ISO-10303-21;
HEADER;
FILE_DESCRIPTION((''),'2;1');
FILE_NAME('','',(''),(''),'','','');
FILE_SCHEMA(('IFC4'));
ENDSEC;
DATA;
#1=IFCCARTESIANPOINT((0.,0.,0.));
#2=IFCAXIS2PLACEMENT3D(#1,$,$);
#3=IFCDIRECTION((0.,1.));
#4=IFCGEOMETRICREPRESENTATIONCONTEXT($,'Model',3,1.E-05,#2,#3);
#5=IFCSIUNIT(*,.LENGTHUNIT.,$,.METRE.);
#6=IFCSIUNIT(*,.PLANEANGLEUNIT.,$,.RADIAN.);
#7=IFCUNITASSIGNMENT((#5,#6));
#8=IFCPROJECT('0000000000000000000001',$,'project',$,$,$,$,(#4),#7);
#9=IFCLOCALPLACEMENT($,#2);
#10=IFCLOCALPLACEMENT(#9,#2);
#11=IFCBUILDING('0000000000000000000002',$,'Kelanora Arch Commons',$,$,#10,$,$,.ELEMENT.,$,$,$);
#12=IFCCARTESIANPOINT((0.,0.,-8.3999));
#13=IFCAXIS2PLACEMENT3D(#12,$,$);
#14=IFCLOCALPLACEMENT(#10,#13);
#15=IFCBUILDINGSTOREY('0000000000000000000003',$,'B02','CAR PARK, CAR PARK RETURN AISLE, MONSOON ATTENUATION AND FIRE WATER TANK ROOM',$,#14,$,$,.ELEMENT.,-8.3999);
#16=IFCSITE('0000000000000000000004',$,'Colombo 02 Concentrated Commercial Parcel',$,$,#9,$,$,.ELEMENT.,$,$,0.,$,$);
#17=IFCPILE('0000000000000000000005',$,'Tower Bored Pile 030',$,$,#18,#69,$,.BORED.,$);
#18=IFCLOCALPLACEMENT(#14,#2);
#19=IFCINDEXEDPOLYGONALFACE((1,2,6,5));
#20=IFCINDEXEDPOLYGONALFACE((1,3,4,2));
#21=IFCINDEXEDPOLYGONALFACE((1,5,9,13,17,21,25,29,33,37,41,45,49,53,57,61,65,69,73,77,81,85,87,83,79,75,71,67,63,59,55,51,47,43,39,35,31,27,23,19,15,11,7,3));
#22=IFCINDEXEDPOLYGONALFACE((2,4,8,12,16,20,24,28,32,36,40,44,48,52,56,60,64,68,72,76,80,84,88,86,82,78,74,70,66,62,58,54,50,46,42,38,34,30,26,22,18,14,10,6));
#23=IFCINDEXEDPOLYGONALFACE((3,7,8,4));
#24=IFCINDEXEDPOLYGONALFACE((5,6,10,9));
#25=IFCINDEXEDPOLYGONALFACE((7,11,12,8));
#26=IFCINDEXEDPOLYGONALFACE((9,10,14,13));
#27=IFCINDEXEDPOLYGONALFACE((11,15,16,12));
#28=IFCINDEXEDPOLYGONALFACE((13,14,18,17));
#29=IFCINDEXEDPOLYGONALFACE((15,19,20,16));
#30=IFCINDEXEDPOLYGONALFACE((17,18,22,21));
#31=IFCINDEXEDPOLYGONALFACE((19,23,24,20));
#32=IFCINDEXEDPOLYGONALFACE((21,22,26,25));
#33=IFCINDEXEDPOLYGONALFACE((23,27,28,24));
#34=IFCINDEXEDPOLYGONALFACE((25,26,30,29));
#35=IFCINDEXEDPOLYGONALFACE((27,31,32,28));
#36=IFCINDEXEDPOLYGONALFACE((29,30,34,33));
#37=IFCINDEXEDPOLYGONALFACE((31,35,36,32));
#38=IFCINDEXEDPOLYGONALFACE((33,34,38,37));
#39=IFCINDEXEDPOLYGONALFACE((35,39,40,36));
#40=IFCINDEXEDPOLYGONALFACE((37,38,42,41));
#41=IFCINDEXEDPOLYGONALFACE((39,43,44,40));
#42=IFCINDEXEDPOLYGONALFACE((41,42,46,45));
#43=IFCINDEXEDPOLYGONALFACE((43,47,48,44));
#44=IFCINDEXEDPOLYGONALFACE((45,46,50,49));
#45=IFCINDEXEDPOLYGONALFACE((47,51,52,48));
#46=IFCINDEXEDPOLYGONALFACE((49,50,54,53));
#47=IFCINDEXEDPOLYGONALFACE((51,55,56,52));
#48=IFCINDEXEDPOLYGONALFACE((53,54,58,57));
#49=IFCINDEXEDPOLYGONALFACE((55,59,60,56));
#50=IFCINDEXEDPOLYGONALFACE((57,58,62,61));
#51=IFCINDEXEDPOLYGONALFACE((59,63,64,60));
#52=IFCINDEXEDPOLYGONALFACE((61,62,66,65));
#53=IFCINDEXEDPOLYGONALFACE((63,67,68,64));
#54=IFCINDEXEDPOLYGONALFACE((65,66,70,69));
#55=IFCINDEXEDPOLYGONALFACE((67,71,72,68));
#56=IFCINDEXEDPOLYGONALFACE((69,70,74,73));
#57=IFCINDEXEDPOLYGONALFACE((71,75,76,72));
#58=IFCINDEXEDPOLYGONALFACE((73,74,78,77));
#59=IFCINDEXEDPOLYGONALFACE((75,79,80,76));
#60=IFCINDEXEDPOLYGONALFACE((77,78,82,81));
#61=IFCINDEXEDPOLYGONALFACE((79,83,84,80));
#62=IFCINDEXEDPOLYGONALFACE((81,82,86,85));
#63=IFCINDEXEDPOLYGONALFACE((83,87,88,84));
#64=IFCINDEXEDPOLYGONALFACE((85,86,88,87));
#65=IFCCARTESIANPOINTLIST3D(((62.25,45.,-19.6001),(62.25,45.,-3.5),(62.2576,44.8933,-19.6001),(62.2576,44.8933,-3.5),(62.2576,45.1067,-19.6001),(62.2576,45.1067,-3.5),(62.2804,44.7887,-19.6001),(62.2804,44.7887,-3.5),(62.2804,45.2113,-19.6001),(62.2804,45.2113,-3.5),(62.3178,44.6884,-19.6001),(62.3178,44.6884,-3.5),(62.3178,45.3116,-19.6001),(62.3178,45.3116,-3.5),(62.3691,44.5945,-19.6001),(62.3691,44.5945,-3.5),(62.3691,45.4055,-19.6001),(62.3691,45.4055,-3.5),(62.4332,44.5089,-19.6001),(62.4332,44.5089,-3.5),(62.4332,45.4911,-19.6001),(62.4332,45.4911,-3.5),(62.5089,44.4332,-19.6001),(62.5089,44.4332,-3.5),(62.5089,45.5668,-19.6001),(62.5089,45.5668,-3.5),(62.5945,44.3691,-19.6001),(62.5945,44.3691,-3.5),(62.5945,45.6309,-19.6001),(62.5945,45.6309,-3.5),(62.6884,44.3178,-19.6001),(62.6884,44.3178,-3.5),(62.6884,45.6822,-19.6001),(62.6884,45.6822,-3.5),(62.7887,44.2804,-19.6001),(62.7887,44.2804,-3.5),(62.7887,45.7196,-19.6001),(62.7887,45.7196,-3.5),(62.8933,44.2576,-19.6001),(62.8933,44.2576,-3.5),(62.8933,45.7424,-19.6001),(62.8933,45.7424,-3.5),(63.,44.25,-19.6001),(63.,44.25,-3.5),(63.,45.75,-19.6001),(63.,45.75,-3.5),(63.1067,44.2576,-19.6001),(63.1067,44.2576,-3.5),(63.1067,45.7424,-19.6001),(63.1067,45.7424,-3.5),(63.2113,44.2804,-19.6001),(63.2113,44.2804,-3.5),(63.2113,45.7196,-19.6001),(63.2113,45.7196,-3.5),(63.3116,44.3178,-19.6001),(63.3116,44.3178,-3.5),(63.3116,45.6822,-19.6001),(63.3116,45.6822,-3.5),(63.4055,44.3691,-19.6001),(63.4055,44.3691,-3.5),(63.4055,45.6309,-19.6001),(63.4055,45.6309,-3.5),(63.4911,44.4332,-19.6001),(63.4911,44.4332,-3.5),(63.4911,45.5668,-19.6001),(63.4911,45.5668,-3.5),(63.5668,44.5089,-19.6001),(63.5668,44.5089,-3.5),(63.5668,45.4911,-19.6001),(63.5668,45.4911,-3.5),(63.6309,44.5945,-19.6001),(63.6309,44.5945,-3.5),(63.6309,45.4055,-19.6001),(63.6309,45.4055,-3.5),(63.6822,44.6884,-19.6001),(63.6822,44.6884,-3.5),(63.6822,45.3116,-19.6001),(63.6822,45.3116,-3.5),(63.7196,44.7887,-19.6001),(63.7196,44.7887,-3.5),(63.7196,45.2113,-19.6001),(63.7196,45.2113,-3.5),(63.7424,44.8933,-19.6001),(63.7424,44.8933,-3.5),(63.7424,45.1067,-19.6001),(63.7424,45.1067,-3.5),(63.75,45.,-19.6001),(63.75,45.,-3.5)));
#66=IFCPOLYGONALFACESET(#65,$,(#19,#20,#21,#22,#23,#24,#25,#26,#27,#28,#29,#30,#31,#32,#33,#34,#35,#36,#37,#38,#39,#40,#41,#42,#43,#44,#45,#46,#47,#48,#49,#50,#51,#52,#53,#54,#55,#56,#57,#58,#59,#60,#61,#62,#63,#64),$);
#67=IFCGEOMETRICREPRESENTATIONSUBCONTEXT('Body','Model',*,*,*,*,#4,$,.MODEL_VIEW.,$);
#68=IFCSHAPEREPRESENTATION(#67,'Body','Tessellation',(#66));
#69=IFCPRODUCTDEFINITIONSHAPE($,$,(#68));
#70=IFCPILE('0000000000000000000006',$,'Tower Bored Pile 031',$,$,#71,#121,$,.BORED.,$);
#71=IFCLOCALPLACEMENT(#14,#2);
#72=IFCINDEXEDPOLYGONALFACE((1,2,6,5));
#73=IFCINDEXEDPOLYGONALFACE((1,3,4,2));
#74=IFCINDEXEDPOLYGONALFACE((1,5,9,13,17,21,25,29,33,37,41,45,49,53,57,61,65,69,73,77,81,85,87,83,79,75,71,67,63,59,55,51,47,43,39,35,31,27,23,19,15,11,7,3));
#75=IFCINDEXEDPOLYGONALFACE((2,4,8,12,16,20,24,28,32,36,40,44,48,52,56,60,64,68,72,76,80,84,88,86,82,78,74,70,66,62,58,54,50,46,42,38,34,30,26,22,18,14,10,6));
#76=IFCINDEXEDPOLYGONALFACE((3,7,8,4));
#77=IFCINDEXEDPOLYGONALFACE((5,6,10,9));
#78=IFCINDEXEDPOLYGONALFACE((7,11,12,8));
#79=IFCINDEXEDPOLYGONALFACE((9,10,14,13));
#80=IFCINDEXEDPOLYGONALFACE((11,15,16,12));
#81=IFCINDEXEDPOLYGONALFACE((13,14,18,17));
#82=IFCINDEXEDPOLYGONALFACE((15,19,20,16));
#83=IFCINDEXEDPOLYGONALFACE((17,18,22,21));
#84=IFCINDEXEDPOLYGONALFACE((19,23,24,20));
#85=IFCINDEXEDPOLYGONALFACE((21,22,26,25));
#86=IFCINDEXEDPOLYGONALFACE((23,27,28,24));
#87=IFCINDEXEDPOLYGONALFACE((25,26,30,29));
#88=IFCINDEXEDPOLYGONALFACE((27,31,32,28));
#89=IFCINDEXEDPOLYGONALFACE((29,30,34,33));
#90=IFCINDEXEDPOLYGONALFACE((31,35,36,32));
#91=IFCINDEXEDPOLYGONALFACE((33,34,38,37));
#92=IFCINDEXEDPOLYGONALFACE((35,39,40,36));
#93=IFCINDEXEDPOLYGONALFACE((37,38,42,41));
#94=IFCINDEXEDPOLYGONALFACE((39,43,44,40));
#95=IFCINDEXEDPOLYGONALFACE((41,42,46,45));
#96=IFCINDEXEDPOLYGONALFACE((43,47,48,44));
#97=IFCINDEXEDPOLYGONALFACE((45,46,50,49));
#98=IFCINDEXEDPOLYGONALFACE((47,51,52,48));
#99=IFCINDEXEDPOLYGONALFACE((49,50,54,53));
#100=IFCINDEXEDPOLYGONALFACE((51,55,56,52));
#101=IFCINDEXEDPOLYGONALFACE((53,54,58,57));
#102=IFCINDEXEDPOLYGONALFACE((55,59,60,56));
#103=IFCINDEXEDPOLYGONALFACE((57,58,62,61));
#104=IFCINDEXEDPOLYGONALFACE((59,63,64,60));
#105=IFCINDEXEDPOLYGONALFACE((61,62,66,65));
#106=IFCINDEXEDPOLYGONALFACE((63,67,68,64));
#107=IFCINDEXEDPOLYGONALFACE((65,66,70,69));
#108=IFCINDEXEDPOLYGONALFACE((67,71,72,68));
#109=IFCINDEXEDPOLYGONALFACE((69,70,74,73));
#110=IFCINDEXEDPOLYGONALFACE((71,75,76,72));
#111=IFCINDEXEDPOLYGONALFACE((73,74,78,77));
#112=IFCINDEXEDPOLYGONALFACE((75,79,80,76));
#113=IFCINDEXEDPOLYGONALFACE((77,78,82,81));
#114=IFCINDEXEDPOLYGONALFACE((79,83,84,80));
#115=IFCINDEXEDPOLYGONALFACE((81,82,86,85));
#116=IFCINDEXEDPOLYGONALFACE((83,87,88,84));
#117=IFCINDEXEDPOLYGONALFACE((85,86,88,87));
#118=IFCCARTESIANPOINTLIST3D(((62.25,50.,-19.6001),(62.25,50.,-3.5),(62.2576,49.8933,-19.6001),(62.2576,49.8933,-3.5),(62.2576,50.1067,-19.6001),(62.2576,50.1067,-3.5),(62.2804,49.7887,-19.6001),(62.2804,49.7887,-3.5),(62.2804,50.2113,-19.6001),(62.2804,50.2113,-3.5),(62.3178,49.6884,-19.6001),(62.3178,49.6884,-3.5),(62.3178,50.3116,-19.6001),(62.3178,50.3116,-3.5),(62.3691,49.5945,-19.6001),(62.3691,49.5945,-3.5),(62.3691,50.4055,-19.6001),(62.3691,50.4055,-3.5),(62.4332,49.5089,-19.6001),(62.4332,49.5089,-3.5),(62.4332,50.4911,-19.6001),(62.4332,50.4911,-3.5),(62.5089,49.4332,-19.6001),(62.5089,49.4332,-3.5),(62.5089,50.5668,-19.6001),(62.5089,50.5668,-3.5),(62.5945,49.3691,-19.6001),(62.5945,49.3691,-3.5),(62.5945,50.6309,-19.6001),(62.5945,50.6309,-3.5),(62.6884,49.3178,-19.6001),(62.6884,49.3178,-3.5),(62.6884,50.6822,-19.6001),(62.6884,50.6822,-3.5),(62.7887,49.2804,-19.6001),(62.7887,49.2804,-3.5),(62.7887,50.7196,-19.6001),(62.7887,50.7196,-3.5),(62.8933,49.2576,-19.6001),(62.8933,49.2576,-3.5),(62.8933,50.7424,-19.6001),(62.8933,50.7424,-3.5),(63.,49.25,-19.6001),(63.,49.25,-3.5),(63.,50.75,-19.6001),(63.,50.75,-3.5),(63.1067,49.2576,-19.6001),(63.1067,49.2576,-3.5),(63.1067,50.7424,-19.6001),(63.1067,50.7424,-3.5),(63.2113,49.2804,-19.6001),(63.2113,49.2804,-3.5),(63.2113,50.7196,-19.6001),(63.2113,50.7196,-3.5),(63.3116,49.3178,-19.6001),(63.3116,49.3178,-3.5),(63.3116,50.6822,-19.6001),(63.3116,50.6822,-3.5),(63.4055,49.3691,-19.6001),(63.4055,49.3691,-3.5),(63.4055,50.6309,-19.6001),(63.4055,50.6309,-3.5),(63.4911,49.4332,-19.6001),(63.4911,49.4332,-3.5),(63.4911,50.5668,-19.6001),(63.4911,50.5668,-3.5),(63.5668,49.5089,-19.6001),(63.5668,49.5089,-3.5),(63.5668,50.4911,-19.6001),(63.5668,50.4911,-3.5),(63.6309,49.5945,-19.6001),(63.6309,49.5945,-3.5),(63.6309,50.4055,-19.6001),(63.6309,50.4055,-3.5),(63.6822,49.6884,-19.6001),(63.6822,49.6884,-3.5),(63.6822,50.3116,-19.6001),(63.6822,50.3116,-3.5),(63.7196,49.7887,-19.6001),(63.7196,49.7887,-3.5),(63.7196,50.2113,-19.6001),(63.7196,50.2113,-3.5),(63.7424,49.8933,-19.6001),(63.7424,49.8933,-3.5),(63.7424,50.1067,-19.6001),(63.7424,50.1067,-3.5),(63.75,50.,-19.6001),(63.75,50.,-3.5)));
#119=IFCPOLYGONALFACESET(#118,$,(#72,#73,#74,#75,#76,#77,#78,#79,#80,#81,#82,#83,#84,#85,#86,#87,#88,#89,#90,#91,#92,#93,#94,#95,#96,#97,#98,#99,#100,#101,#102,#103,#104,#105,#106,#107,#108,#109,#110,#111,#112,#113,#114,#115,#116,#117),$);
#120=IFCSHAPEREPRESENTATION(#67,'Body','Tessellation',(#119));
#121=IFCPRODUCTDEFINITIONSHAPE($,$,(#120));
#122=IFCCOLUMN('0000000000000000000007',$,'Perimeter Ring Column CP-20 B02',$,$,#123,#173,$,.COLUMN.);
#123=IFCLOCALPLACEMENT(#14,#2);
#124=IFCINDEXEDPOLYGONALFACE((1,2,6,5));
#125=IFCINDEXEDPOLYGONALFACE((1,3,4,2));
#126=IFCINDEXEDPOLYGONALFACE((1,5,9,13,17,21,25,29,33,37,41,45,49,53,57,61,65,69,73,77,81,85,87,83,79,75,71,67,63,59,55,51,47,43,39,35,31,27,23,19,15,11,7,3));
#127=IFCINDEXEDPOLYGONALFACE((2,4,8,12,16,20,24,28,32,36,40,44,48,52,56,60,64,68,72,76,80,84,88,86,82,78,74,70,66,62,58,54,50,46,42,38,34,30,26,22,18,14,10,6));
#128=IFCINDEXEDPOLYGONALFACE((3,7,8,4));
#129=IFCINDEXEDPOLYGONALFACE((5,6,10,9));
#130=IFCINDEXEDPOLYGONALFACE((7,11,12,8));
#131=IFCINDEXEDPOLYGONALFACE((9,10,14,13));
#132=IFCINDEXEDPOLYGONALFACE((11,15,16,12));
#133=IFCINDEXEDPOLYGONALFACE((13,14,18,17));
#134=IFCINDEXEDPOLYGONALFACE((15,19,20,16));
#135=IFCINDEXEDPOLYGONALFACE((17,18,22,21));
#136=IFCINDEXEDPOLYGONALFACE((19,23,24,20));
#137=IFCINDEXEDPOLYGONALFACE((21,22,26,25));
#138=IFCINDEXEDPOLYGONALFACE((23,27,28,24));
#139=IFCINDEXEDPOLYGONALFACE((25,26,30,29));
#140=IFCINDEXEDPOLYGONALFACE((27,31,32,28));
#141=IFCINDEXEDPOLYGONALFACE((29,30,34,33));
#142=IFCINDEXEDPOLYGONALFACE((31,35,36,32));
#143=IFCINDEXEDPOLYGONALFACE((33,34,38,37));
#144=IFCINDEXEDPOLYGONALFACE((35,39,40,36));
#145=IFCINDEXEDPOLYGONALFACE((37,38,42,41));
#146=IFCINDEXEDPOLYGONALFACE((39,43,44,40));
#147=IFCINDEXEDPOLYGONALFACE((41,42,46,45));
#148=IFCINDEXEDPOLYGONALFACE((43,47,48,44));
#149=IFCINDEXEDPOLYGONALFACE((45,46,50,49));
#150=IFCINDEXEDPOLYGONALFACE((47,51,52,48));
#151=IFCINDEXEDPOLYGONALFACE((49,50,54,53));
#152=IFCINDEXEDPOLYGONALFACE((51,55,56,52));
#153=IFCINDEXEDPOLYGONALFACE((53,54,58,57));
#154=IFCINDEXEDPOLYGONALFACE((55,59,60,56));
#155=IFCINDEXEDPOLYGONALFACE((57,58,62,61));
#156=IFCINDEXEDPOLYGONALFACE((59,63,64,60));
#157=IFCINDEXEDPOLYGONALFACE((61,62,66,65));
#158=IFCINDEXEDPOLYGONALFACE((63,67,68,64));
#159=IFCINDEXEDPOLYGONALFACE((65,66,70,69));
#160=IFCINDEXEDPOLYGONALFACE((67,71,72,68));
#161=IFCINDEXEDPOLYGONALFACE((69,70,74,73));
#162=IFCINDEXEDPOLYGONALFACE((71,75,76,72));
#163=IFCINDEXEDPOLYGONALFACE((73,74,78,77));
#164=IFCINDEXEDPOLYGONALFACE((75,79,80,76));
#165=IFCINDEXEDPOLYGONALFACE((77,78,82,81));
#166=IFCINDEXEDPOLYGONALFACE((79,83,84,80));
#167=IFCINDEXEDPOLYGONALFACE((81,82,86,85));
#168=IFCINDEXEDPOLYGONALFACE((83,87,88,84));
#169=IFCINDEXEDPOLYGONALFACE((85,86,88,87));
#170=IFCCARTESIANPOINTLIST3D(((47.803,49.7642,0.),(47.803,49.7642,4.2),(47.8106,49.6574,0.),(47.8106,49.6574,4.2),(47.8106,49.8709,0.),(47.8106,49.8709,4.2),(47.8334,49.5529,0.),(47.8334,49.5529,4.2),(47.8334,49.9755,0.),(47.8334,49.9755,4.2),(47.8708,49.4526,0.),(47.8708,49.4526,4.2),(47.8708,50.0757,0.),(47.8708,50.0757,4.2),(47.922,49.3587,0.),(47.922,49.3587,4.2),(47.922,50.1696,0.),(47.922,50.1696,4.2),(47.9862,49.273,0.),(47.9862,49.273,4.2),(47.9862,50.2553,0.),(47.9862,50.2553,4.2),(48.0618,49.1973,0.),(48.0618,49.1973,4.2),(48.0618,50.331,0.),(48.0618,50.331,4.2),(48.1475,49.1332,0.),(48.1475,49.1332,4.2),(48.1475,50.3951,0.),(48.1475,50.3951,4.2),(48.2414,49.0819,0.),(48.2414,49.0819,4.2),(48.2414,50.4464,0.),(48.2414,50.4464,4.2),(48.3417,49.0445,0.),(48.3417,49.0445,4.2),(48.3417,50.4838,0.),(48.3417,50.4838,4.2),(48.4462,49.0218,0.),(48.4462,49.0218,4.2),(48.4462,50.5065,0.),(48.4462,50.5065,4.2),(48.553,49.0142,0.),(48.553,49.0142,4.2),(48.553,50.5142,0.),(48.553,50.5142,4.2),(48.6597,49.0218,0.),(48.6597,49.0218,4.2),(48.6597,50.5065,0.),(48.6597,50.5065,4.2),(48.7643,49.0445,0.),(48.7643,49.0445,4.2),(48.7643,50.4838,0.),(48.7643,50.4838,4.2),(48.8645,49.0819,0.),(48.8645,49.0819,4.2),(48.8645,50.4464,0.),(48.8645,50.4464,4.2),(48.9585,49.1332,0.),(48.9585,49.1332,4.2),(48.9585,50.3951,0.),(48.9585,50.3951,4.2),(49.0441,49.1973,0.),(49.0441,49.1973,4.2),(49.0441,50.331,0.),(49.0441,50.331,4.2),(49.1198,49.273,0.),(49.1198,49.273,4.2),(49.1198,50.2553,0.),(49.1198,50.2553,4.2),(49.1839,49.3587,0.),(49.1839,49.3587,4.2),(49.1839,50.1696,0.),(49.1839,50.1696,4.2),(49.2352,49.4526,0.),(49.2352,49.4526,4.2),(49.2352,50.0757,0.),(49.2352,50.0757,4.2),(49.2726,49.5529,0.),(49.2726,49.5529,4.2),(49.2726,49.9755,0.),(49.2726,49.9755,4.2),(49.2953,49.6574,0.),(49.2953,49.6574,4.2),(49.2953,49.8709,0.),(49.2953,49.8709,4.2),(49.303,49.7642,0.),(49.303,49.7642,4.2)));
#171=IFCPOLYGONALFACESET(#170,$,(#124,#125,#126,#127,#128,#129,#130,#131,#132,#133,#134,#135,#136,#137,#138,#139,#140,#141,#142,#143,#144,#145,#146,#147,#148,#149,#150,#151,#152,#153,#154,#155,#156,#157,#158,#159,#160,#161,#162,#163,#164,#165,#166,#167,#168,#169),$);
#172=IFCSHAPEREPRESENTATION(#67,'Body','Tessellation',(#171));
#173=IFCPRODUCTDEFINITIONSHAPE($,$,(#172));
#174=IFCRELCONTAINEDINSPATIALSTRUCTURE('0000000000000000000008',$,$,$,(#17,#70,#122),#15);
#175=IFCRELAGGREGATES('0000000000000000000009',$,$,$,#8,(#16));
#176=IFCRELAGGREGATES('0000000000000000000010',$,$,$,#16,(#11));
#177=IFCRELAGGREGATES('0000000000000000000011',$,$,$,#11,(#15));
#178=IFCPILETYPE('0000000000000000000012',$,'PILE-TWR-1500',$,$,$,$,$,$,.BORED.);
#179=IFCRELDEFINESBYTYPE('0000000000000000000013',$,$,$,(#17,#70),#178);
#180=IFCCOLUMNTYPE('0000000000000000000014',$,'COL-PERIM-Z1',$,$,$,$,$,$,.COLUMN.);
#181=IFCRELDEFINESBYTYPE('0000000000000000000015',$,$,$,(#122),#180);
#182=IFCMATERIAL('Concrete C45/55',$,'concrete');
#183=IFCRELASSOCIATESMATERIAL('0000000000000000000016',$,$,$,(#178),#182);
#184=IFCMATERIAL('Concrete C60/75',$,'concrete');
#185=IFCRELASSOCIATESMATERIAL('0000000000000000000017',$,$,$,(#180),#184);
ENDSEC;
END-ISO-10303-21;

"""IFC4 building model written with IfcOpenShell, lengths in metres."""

from ifc_helpers import new_model, si_unit, direction, frame, origin, origin_2d, place, context, subcontext, project, spatial, circle, extrude, source, transform, mapped, material, material_profile, profile_set, type_object, element, save


model = new_model("IFC4")

# Units and contexts
model_context = context("Model", 3, precision=1e-05, world=origin(), true_north=direction((0.0, 1.0)))
body_context = subcontext(model_context, "Body", "Model", "MODEL_VIEW")
ifc_project = project(units=[si_unit("LENGTHUNIT", "METRE"), si_unit("PLANEANGLEUNIT", "RADIAN")], contexts=[model_context])

# Site, building, storey
site_placement = place(None, origin())
site = spatial("IfcSite", under=ifc_project, at=site_placement, Name="Colombo 02 Concentrated Commercial Parcel", CompositionType="ELEMENT", RefElevation=0.0)
building_placement = place(site_placement, origin())
building = spatial("IfcBuilding", under=site, at=building_placement, Name="Kelanora Arch Commons", CompositionType="ELEMENT")
storey_placement = place(building_placement, frame((0.0, 0.0, -8.3999)))
storey = spatial("IfcBuildingStorey", under=building, at=storey_placement, Name="B02", Description="CAR PARK, CAR PARK RETURN AISLE, MONSOON ATTENUATION AND FIRE WATER TANK ROOM", CompositionType="ELEMENT", Elevation=-8.3999)

# Piles
ifc_material_1 = material(Name="Concrete C45/55", Category="concrete")
ifc_material_profile_1 = material_profile(ifc_material_1, circle(Radius=0.75, at=origin_2d()), Name="PILE1500")
ifc_profile_set_1 = profile_set([ifc_material_profile_1], Name="Concrete C45/55")
pile_type = type_object("IfcPileType", Name="PILE-TWR-1500", PredefinedType="BORED", material=ifc_profile_set_1)
shared_shape = source(origin(), body_context, "Body", "SweptSolid", [
    extrude(circle(Radius=0.75, at=origin_2d()), origin(), (0.0, 0.0, 1.0), 16.1001),
])
for number, where, z_axis, x_axis, name in (
    (1, (63.0, 45.0, -3.5), (0.0, 0.0, -1.0), (1.0, 0.0, 0.0), "Tower Bored Pile 030"),
    (2, (63.0, 50.0, -3.5), (0.0, 0.0, -1.0), (1.0, 0.0, 0.0), "Tower Bored Pile 031"),
):
    element("IfcPile", number, at=place(storey_placement, frame(where, z_axis=z_axis, x_axis=x_axis)), inside=storey, type_object=pile_type, Name=name, PredefinedType="BORED", context=body_context, shape_type="MappedRepresentation", body=[
        mapped(shared_shape, transform((0.0, 0.0, 0.0), scale=1.0)),
    ])

# Column
ifc_material_2 = material(Name="Concrete C60/75", Category="concrete")
ifc_material_profile_2 = material_profile(ifc_material_2, circle(Radius=0.75, at=origin_2d()), Name="RCC1500")
ifc_profile_set_2 = profile_set([ifc_material_profile_2], Name="Concrete C60/75")
column_type = type_object("IfcColumnType", Name="COL-PERIM-Z1", PredefinedType="COLUMN", material=ifc_profile_set_2)
for number, where, z_axis, x_axis, name in (
    (3, (48.553, 49.7642, 0.0), (0.0, 0.0, 1.0), (1.0, 0.0, 0.0), "Perimeter Ring Column CP-20 B02"),
):
    element("IfcColumn", number, at=place(storey_placement, frame(where, z_axis=z_axis, x_axis=x_axis)), inside=storey, type_object=column_type, Name=name, PredefinedType="COLUMN", context=body_context, shape_type="SweptSolid", body=[
        extrude(circle(Radius=0.75, at=origin_2d()), origin(), (0.0, 0.0, 1.0), 4.2),
    ])

save(model, "model.ifc")
